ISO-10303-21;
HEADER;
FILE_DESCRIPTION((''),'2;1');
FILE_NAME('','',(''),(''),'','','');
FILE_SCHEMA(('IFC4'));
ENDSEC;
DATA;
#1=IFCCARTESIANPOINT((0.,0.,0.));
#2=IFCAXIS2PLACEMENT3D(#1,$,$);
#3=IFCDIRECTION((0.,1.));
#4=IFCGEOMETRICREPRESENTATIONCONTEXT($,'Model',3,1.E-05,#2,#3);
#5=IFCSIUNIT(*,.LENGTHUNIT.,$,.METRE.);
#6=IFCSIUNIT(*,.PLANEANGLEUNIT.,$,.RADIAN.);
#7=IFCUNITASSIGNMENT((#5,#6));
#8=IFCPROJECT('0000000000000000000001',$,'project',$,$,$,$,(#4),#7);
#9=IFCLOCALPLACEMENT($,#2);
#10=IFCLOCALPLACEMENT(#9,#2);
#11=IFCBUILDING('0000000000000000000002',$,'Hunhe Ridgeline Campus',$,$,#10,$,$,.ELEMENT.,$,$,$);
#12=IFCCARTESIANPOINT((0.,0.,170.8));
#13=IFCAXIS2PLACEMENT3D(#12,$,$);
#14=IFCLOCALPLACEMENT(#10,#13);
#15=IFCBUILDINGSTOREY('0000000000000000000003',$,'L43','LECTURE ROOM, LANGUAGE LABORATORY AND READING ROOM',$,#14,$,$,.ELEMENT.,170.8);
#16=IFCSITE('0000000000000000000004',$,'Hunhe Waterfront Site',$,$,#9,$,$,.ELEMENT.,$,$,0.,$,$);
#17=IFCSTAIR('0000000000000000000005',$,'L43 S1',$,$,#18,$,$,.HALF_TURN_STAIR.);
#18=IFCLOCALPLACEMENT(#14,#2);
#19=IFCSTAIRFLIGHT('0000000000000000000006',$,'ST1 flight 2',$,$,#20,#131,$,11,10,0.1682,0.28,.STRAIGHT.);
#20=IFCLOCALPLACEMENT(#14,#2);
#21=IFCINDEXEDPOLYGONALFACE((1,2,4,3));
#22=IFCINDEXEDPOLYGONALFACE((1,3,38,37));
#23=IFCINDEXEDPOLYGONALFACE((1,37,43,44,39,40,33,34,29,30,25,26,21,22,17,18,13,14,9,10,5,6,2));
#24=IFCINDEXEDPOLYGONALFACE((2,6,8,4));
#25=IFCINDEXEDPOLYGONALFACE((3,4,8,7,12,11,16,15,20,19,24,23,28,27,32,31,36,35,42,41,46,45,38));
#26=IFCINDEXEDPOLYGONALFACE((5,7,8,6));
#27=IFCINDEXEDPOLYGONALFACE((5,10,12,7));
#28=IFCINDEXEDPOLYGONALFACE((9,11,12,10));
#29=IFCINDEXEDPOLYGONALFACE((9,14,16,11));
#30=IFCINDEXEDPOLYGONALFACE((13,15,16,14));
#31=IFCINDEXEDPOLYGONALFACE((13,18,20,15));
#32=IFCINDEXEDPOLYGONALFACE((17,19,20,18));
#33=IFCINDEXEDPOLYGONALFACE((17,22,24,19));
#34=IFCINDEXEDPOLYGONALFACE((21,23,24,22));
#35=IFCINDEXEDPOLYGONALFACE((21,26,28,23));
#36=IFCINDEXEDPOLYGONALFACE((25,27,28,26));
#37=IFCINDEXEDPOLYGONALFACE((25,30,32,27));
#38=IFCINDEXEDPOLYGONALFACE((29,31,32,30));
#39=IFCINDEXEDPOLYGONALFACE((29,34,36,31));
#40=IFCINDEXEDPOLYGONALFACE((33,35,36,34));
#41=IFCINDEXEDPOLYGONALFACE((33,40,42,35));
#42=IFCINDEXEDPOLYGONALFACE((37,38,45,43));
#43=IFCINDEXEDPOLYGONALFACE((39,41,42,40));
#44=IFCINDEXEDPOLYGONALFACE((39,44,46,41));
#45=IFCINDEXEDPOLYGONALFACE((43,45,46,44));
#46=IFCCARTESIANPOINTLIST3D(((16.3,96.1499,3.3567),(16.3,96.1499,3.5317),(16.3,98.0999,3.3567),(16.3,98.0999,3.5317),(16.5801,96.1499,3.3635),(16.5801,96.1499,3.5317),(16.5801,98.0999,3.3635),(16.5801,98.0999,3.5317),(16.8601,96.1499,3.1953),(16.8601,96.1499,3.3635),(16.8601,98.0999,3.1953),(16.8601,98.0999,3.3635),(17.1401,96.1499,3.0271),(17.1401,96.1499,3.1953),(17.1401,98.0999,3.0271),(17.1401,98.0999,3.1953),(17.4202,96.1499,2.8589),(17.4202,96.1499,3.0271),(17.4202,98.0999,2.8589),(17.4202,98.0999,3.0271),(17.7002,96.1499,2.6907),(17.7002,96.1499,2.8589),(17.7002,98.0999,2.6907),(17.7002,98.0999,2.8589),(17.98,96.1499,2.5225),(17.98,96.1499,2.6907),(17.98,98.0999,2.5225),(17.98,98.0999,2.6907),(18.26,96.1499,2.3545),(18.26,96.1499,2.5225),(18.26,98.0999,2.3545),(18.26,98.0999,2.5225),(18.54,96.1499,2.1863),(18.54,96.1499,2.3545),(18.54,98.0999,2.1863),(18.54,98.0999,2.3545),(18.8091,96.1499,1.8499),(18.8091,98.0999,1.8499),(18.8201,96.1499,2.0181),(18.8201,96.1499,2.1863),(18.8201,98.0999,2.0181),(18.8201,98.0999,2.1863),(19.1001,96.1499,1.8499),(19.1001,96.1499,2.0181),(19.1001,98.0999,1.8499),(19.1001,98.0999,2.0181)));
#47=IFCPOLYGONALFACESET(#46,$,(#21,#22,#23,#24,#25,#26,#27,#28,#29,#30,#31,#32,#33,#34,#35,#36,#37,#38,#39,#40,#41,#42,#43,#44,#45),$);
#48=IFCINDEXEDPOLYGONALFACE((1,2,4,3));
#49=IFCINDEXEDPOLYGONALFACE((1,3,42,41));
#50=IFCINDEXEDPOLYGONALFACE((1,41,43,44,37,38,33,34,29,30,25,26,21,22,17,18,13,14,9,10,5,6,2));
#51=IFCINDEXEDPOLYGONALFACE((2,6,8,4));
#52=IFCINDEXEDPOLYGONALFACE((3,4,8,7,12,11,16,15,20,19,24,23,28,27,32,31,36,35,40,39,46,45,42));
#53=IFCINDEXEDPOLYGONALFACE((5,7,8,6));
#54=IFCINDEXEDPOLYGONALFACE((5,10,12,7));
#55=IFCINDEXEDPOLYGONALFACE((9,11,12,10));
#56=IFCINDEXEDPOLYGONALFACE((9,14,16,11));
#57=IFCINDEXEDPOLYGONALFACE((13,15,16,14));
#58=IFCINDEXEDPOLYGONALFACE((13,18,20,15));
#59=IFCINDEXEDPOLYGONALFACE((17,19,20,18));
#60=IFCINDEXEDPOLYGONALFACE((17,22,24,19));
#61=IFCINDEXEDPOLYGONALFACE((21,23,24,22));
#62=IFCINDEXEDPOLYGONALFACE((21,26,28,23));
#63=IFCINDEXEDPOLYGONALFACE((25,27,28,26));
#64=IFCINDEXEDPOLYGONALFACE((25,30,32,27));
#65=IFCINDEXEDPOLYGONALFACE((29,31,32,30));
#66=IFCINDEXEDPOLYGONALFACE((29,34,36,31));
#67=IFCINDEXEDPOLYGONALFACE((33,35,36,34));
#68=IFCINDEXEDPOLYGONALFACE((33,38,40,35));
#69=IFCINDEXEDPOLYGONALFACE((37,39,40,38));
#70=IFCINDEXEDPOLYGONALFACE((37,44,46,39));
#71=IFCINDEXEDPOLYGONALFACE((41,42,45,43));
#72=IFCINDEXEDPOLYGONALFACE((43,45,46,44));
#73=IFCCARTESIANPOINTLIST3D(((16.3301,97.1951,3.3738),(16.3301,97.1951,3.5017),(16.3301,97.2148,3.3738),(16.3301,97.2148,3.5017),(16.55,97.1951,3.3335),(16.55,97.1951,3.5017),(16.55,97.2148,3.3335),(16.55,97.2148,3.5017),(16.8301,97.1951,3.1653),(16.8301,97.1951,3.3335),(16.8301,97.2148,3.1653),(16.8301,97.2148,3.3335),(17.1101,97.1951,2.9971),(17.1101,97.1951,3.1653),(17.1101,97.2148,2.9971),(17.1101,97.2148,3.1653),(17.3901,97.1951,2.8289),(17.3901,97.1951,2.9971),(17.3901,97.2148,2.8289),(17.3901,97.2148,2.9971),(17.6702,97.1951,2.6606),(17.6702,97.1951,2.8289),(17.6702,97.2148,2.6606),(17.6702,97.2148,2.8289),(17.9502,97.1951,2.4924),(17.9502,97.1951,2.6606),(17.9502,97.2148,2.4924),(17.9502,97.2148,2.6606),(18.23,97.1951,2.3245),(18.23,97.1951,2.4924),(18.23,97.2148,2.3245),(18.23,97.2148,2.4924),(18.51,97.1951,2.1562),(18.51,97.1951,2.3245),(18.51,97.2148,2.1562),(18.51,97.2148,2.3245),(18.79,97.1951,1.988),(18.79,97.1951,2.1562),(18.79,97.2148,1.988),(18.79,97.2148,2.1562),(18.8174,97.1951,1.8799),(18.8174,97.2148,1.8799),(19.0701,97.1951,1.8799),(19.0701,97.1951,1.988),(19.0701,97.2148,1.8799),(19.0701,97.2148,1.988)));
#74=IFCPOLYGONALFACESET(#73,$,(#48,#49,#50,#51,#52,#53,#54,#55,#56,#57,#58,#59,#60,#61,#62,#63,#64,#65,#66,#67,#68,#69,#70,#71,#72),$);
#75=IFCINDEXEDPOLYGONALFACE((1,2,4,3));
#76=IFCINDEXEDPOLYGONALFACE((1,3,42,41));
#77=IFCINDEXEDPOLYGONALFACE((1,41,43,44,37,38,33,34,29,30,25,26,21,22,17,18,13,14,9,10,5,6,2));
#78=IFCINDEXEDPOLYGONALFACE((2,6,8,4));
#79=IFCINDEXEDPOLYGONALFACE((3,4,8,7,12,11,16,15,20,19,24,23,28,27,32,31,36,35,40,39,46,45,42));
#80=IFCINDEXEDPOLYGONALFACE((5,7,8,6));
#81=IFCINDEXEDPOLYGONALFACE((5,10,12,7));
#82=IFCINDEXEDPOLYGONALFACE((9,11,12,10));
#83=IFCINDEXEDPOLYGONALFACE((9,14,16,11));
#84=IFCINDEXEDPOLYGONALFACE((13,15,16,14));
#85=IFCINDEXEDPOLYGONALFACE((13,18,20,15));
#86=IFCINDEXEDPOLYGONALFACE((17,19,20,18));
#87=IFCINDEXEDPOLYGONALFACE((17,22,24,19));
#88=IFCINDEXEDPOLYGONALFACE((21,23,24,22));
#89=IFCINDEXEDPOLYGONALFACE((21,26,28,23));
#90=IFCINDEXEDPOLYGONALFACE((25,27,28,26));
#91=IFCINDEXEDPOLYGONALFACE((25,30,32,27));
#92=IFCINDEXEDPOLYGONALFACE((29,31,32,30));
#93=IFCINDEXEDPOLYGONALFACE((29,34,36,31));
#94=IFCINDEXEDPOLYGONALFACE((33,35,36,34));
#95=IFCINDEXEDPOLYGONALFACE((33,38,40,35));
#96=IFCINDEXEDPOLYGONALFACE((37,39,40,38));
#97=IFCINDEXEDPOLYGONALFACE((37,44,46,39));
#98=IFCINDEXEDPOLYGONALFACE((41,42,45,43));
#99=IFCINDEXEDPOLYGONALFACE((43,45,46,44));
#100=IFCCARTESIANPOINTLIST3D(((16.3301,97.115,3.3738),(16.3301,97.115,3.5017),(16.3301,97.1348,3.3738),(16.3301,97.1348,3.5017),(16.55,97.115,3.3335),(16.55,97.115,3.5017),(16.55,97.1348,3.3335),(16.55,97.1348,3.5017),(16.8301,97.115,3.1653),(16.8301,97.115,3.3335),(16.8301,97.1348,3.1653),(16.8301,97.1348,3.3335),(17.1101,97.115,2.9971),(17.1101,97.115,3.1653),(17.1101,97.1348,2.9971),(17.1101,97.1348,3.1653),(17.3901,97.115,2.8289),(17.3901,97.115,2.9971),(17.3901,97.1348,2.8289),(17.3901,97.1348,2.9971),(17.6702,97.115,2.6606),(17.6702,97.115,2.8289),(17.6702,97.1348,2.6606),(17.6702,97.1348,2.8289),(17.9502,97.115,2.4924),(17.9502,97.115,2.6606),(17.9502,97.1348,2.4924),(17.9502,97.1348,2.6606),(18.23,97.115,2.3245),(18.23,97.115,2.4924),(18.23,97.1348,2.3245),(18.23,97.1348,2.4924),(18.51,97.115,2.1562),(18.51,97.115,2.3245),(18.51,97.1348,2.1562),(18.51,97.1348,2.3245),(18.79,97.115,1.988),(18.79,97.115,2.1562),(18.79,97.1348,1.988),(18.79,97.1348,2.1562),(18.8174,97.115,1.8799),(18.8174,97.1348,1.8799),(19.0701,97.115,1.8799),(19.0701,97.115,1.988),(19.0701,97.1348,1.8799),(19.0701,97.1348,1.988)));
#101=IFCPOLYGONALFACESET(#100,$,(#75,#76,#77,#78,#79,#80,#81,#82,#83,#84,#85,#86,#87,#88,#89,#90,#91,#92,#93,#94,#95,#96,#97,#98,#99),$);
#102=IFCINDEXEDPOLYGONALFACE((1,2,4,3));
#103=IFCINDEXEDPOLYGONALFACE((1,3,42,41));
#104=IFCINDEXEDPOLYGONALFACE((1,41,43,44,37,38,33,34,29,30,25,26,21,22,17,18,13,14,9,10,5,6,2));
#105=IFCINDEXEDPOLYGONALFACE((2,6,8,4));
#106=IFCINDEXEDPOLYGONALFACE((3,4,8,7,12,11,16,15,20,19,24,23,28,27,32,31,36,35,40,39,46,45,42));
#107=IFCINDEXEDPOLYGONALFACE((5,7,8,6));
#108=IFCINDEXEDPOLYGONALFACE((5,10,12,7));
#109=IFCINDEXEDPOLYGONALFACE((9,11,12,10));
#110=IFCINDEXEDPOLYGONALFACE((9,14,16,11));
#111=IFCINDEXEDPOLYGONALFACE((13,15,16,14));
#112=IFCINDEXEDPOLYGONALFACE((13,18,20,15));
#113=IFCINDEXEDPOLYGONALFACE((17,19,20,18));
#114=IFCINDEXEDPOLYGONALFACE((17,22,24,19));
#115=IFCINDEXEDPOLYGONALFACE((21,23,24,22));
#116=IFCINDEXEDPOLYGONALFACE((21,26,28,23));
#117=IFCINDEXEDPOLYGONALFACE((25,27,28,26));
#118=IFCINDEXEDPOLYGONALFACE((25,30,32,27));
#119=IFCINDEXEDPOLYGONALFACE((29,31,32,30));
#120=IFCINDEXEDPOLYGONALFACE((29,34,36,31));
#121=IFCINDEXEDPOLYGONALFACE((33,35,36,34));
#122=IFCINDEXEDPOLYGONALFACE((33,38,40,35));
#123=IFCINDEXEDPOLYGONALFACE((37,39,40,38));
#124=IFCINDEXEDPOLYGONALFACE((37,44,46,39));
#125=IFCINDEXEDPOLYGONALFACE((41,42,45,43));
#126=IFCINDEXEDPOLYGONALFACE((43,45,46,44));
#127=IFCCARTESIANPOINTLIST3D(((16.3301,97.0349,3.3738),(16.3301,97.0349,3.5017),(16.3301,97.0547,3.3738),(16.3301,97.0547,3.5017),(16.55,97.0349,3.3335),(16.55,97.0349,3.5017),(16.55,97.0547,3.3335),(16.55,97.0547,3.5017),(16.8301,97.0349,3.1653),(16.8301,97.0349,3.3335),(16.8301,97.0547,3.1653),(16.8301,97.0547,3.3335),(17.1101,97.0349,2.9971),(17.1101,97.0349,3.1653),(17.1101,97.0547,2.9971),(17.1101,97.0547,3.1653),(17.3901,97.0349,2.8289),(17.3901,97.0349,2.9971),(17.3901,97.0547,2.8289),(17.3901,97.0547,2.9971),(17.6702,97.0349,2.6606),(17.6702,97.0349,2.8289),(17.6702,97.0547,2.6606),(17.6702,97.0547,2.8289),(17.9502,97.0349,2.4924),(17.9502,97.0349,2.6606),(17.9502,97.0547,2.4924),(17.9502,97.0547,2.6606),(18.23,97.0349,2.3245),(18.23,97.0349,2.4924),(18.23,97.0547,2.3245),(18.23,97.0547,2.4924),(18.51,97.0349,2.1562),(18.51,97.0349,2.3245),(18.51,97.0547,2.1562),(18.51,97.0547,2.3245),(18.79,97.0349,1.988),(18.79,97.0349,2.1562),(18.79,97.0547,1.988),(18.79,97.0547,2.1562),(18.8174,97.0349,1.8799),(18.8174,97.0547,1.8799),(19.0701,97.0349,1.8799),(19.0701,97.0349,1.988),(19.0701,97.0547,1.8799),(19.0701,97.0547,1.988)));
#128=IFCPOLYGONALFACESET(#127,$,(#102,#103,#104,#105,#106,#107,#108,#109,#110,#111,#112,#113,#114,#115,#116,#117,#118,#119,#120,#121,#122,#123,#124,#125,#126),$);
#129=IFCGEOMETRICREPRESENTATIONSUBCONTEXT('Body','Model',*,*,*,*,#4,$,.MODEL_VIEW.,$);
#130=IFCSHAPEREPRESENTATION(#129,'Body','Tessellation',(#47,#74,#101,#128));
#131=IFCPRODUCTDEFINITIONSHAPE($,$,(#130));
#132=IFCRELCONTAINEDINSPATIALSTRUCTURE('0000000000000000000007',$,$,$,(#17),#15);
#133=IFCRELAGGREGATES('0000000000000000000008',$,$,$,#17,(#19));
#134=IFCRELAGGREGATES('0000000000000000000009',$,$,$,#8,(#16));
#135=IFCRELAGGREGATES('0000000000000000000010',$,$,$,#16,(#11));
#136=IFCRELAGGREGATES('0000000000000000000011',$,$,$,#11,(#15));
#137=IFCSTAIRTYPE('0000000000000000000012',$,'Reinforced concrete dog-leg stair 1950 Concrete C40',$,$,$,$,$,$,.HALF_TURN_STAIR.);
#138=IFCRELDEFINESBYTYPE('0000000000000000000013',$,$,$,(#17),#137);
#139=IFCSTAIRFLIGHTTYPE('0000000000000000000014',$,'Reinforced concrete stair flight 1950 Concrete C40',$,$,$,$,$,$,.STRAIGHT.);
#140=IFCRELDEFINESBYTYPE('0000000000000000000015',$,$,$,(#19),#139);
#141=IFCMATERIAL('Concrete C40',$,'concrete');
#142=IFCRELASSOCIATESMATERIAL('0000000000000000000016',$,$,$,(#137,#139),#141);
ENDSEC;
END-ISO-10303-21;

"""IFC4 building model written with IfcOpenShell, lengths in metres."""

from ifc_helpers import new_model, si_unit, direction, frame, origin, place, context, subcontext, project, spatial, polyline, outline, extrude, material, type_object, element, aggregate, save


model = new_model("IFC4")

# Units and contexts
model_context = context("Model", 3, precision=1e-05, world=origin(), true_north=direction((0.0, 1.0)))
body_context = subcontext(model_context, "Body", "Model", "MODEL_VIEW")
ifc_project = project(units=[si_unit("LENGTHUNIT", "METRE"), si_unit("PLANEANGLEUNIT", "RADIAN")], contexts=[model_context])

# Site, building, storey
site_placement = place(None, origin())
site = spatial("IfcSite", under=ifc_project, at=site_placement, Name="Hunhe Waterfront Site", CompositionType="ELEMENT", RefElevation=0.0)
building_placement = place(site_placement, origin())
building = spatial("IfcBuilding", under=site, at=building_placement, Name="Hunhe Ridgeline Campus", CompositionType="ELEMENT")
storey_placement = place(building_placement, frame((0.0, 0.0, 170.8)))
storey = spatial("IfcBuildingStorey", under=building, at=storey_placement, Name="L43", Description="LECTURE ROOM, LANGUAGE LABORATORY AND READING ROOM", CompositionType="ELEMENT", Elevation=170.8)

# Stair, stair flight
ifc_material_1 = material(Name="Concrete C40", Category="concrete")
stair_type = type_object("IfcStairType", Name="Reinforced concrete dog-leg stair 1950 Concrete C40", PredefinedType="HALF_TURN_STAIR", material=ifc_material_1)
stair_1_placement = place(storey_placement, origin())
stair_1 = element("IfcStair", 1, at=stair_1_placement, inside=storey, type_object=stair_type, Name="L43 S1", PredefinedType="HALF_TURN_STAIR")
stair_flight_type = type_object("IfcStairFlightType", Name="Reinforced concrete stair flight 1950 Concrete C40", PredefinedType="STRAIGHT", material=ifc_material_1)
stair_flight_1_placement = place(storey_placement, frame((19.1001, 97.125, 1.8499), z_axis=(0.0, 0.0, 1.0), x_axis=(-1.0, 0.0, 0.0)))
stair_flight_1 = element("IfcStairFlight", 2, at=stair_flight_1_placement, type_object=stair_flight_type, Name="ST1 flight 2", NumberOfRisers=11, NumberOfTreads=10, PredefinedType="STRAIGHT", RiserHeight=0.1682, TreadLength=0.28, context=body_context, shape_type="SweptSolid", body=[
    extrude(outline(polyline([(0.0, 0.0), (0.0, 0.1682), (0.28, 0.1682), (0.28, 0.3364), (0.5601, 0.3364), (0.5601, 0.5046), (0.8401, 0.5046), (0.8401, 0.6726), (1.1201, 0.6726), (1.1201, 0.8408), (1.3999, 0.8408), (1.3999, 1.009), (1.6799, 1.009), (1.6799, 1.1772), (1.96, 1.1772), (1.96, 1.3455), (2.24, 1.3455), (2.24, 1.5137), (2.52, 1.5137), (2.52, 1.6819), (2.8, 1.6819), (2.8, 1.8501), (2.8, 1.5068), (0.291, 0.0), (0.0, 0.0)])), frame((0.0, 0.9751, 0.0), z_axis=(0.0, -1.0, 0.0), x_axis=(1.0, 0.0, 0.0)), (0.0, 0.0, 1.0), 1.95),
    extrude(outline(polyline([(0.03, 0.03), (0.03, 0.1382), (0.3101, 0.1382), (0.3101, 0.3064), (0.5901, 0.3064), (0.5901, 0.4746), (0.8701, 0.4746), (0.8701, 0.6426), (1.1499, 0.6426), (1.1499, 0.8108), (1.4299, 0.8108), (1.4299, 0.979), (1.71, 0.979), (1.71, 1.1472), (1.99, 1.1472), (1.99, 1.3154), (2.27, 1.3154), (2.27, 1.4836), (2.55, 1.4836), (2.55, 1.6519), (2.77, 1.6519), (2.77, 1.5239), (0.2827, 0.03), (0.03, 0.03)])), frame((0.0, -0.0701, 0.0), z_axis=(0.0, -1.0, 0.0), x_axis=(1.0, 0.0, 0.0)), (0.0, 0.0, 1.0), 0.0198),
    extrude(outline(polyline([(0.03, 0.03), (0.03, 0.1382), (0.3101, 0.1382), (0.3101, 0.3064), (0.5901, 0.3064), (0.5901, 0.4746), (0.8701, 0.4746), (0.8701, 0.6426), (1.1499, 0.6426), (1.1499, 0.8108), (1.4299, 0.8108), (1.4299, 0.979), (1.71, 0.979), (1.71, 1.1472), (1.99, 1.1472), (1.99, 1.3154), (2.27, 1.3154), (2.27, 1.4836), (2.55, 1.4836), (2.55, 1.6519), (2.77, 1.6519), (2.77, 1.5239), (0.2827, 0.03), (0.03, 0.03)])), frame((0.0, 0.01, 0.0), z_axis=(0.0, -1.0, 0.0), x_axis=(1.0, 0.0, 0.0)), (0.0, 0.0, 1.0), 0.0198),
    extrude(outline(polyline([(0.03, 0.03), (0.03, 0.1382), (0.3101, 0.1382), (0.3101, 0.3064), (0.5901, 0.3064), (0.5901, 0.4746), (0.8701, 0.4746), (0.8701, 0.6426), (1.1499, 0.6426), (1.1499, 0.8108), (1.4299, 0.8108), (1.4299, 0.979), (1.71, 0.979), (1.71, 1.1472), (1.99, 1.1472), (1.99, 1.3154), (2.27, 1.3154), (2.27, 1.4836), (2.55, 1.4836), (2.55, 1.6519), (2.77, 1.6519), (2.77, 1.5239), (0.2827, 0.03), (0.03, 0.03)])), frame((0.0, 0.0901, 0.0), z_axis=(0.0, -1.0, 0.0), x_axis=(1.0, 0.0, 0.0)), (0.0, 0.0, 1.0), 0.0198),
])
aggregate(stair_1, [stair_flight_1])

save(model, "model.ifc")
